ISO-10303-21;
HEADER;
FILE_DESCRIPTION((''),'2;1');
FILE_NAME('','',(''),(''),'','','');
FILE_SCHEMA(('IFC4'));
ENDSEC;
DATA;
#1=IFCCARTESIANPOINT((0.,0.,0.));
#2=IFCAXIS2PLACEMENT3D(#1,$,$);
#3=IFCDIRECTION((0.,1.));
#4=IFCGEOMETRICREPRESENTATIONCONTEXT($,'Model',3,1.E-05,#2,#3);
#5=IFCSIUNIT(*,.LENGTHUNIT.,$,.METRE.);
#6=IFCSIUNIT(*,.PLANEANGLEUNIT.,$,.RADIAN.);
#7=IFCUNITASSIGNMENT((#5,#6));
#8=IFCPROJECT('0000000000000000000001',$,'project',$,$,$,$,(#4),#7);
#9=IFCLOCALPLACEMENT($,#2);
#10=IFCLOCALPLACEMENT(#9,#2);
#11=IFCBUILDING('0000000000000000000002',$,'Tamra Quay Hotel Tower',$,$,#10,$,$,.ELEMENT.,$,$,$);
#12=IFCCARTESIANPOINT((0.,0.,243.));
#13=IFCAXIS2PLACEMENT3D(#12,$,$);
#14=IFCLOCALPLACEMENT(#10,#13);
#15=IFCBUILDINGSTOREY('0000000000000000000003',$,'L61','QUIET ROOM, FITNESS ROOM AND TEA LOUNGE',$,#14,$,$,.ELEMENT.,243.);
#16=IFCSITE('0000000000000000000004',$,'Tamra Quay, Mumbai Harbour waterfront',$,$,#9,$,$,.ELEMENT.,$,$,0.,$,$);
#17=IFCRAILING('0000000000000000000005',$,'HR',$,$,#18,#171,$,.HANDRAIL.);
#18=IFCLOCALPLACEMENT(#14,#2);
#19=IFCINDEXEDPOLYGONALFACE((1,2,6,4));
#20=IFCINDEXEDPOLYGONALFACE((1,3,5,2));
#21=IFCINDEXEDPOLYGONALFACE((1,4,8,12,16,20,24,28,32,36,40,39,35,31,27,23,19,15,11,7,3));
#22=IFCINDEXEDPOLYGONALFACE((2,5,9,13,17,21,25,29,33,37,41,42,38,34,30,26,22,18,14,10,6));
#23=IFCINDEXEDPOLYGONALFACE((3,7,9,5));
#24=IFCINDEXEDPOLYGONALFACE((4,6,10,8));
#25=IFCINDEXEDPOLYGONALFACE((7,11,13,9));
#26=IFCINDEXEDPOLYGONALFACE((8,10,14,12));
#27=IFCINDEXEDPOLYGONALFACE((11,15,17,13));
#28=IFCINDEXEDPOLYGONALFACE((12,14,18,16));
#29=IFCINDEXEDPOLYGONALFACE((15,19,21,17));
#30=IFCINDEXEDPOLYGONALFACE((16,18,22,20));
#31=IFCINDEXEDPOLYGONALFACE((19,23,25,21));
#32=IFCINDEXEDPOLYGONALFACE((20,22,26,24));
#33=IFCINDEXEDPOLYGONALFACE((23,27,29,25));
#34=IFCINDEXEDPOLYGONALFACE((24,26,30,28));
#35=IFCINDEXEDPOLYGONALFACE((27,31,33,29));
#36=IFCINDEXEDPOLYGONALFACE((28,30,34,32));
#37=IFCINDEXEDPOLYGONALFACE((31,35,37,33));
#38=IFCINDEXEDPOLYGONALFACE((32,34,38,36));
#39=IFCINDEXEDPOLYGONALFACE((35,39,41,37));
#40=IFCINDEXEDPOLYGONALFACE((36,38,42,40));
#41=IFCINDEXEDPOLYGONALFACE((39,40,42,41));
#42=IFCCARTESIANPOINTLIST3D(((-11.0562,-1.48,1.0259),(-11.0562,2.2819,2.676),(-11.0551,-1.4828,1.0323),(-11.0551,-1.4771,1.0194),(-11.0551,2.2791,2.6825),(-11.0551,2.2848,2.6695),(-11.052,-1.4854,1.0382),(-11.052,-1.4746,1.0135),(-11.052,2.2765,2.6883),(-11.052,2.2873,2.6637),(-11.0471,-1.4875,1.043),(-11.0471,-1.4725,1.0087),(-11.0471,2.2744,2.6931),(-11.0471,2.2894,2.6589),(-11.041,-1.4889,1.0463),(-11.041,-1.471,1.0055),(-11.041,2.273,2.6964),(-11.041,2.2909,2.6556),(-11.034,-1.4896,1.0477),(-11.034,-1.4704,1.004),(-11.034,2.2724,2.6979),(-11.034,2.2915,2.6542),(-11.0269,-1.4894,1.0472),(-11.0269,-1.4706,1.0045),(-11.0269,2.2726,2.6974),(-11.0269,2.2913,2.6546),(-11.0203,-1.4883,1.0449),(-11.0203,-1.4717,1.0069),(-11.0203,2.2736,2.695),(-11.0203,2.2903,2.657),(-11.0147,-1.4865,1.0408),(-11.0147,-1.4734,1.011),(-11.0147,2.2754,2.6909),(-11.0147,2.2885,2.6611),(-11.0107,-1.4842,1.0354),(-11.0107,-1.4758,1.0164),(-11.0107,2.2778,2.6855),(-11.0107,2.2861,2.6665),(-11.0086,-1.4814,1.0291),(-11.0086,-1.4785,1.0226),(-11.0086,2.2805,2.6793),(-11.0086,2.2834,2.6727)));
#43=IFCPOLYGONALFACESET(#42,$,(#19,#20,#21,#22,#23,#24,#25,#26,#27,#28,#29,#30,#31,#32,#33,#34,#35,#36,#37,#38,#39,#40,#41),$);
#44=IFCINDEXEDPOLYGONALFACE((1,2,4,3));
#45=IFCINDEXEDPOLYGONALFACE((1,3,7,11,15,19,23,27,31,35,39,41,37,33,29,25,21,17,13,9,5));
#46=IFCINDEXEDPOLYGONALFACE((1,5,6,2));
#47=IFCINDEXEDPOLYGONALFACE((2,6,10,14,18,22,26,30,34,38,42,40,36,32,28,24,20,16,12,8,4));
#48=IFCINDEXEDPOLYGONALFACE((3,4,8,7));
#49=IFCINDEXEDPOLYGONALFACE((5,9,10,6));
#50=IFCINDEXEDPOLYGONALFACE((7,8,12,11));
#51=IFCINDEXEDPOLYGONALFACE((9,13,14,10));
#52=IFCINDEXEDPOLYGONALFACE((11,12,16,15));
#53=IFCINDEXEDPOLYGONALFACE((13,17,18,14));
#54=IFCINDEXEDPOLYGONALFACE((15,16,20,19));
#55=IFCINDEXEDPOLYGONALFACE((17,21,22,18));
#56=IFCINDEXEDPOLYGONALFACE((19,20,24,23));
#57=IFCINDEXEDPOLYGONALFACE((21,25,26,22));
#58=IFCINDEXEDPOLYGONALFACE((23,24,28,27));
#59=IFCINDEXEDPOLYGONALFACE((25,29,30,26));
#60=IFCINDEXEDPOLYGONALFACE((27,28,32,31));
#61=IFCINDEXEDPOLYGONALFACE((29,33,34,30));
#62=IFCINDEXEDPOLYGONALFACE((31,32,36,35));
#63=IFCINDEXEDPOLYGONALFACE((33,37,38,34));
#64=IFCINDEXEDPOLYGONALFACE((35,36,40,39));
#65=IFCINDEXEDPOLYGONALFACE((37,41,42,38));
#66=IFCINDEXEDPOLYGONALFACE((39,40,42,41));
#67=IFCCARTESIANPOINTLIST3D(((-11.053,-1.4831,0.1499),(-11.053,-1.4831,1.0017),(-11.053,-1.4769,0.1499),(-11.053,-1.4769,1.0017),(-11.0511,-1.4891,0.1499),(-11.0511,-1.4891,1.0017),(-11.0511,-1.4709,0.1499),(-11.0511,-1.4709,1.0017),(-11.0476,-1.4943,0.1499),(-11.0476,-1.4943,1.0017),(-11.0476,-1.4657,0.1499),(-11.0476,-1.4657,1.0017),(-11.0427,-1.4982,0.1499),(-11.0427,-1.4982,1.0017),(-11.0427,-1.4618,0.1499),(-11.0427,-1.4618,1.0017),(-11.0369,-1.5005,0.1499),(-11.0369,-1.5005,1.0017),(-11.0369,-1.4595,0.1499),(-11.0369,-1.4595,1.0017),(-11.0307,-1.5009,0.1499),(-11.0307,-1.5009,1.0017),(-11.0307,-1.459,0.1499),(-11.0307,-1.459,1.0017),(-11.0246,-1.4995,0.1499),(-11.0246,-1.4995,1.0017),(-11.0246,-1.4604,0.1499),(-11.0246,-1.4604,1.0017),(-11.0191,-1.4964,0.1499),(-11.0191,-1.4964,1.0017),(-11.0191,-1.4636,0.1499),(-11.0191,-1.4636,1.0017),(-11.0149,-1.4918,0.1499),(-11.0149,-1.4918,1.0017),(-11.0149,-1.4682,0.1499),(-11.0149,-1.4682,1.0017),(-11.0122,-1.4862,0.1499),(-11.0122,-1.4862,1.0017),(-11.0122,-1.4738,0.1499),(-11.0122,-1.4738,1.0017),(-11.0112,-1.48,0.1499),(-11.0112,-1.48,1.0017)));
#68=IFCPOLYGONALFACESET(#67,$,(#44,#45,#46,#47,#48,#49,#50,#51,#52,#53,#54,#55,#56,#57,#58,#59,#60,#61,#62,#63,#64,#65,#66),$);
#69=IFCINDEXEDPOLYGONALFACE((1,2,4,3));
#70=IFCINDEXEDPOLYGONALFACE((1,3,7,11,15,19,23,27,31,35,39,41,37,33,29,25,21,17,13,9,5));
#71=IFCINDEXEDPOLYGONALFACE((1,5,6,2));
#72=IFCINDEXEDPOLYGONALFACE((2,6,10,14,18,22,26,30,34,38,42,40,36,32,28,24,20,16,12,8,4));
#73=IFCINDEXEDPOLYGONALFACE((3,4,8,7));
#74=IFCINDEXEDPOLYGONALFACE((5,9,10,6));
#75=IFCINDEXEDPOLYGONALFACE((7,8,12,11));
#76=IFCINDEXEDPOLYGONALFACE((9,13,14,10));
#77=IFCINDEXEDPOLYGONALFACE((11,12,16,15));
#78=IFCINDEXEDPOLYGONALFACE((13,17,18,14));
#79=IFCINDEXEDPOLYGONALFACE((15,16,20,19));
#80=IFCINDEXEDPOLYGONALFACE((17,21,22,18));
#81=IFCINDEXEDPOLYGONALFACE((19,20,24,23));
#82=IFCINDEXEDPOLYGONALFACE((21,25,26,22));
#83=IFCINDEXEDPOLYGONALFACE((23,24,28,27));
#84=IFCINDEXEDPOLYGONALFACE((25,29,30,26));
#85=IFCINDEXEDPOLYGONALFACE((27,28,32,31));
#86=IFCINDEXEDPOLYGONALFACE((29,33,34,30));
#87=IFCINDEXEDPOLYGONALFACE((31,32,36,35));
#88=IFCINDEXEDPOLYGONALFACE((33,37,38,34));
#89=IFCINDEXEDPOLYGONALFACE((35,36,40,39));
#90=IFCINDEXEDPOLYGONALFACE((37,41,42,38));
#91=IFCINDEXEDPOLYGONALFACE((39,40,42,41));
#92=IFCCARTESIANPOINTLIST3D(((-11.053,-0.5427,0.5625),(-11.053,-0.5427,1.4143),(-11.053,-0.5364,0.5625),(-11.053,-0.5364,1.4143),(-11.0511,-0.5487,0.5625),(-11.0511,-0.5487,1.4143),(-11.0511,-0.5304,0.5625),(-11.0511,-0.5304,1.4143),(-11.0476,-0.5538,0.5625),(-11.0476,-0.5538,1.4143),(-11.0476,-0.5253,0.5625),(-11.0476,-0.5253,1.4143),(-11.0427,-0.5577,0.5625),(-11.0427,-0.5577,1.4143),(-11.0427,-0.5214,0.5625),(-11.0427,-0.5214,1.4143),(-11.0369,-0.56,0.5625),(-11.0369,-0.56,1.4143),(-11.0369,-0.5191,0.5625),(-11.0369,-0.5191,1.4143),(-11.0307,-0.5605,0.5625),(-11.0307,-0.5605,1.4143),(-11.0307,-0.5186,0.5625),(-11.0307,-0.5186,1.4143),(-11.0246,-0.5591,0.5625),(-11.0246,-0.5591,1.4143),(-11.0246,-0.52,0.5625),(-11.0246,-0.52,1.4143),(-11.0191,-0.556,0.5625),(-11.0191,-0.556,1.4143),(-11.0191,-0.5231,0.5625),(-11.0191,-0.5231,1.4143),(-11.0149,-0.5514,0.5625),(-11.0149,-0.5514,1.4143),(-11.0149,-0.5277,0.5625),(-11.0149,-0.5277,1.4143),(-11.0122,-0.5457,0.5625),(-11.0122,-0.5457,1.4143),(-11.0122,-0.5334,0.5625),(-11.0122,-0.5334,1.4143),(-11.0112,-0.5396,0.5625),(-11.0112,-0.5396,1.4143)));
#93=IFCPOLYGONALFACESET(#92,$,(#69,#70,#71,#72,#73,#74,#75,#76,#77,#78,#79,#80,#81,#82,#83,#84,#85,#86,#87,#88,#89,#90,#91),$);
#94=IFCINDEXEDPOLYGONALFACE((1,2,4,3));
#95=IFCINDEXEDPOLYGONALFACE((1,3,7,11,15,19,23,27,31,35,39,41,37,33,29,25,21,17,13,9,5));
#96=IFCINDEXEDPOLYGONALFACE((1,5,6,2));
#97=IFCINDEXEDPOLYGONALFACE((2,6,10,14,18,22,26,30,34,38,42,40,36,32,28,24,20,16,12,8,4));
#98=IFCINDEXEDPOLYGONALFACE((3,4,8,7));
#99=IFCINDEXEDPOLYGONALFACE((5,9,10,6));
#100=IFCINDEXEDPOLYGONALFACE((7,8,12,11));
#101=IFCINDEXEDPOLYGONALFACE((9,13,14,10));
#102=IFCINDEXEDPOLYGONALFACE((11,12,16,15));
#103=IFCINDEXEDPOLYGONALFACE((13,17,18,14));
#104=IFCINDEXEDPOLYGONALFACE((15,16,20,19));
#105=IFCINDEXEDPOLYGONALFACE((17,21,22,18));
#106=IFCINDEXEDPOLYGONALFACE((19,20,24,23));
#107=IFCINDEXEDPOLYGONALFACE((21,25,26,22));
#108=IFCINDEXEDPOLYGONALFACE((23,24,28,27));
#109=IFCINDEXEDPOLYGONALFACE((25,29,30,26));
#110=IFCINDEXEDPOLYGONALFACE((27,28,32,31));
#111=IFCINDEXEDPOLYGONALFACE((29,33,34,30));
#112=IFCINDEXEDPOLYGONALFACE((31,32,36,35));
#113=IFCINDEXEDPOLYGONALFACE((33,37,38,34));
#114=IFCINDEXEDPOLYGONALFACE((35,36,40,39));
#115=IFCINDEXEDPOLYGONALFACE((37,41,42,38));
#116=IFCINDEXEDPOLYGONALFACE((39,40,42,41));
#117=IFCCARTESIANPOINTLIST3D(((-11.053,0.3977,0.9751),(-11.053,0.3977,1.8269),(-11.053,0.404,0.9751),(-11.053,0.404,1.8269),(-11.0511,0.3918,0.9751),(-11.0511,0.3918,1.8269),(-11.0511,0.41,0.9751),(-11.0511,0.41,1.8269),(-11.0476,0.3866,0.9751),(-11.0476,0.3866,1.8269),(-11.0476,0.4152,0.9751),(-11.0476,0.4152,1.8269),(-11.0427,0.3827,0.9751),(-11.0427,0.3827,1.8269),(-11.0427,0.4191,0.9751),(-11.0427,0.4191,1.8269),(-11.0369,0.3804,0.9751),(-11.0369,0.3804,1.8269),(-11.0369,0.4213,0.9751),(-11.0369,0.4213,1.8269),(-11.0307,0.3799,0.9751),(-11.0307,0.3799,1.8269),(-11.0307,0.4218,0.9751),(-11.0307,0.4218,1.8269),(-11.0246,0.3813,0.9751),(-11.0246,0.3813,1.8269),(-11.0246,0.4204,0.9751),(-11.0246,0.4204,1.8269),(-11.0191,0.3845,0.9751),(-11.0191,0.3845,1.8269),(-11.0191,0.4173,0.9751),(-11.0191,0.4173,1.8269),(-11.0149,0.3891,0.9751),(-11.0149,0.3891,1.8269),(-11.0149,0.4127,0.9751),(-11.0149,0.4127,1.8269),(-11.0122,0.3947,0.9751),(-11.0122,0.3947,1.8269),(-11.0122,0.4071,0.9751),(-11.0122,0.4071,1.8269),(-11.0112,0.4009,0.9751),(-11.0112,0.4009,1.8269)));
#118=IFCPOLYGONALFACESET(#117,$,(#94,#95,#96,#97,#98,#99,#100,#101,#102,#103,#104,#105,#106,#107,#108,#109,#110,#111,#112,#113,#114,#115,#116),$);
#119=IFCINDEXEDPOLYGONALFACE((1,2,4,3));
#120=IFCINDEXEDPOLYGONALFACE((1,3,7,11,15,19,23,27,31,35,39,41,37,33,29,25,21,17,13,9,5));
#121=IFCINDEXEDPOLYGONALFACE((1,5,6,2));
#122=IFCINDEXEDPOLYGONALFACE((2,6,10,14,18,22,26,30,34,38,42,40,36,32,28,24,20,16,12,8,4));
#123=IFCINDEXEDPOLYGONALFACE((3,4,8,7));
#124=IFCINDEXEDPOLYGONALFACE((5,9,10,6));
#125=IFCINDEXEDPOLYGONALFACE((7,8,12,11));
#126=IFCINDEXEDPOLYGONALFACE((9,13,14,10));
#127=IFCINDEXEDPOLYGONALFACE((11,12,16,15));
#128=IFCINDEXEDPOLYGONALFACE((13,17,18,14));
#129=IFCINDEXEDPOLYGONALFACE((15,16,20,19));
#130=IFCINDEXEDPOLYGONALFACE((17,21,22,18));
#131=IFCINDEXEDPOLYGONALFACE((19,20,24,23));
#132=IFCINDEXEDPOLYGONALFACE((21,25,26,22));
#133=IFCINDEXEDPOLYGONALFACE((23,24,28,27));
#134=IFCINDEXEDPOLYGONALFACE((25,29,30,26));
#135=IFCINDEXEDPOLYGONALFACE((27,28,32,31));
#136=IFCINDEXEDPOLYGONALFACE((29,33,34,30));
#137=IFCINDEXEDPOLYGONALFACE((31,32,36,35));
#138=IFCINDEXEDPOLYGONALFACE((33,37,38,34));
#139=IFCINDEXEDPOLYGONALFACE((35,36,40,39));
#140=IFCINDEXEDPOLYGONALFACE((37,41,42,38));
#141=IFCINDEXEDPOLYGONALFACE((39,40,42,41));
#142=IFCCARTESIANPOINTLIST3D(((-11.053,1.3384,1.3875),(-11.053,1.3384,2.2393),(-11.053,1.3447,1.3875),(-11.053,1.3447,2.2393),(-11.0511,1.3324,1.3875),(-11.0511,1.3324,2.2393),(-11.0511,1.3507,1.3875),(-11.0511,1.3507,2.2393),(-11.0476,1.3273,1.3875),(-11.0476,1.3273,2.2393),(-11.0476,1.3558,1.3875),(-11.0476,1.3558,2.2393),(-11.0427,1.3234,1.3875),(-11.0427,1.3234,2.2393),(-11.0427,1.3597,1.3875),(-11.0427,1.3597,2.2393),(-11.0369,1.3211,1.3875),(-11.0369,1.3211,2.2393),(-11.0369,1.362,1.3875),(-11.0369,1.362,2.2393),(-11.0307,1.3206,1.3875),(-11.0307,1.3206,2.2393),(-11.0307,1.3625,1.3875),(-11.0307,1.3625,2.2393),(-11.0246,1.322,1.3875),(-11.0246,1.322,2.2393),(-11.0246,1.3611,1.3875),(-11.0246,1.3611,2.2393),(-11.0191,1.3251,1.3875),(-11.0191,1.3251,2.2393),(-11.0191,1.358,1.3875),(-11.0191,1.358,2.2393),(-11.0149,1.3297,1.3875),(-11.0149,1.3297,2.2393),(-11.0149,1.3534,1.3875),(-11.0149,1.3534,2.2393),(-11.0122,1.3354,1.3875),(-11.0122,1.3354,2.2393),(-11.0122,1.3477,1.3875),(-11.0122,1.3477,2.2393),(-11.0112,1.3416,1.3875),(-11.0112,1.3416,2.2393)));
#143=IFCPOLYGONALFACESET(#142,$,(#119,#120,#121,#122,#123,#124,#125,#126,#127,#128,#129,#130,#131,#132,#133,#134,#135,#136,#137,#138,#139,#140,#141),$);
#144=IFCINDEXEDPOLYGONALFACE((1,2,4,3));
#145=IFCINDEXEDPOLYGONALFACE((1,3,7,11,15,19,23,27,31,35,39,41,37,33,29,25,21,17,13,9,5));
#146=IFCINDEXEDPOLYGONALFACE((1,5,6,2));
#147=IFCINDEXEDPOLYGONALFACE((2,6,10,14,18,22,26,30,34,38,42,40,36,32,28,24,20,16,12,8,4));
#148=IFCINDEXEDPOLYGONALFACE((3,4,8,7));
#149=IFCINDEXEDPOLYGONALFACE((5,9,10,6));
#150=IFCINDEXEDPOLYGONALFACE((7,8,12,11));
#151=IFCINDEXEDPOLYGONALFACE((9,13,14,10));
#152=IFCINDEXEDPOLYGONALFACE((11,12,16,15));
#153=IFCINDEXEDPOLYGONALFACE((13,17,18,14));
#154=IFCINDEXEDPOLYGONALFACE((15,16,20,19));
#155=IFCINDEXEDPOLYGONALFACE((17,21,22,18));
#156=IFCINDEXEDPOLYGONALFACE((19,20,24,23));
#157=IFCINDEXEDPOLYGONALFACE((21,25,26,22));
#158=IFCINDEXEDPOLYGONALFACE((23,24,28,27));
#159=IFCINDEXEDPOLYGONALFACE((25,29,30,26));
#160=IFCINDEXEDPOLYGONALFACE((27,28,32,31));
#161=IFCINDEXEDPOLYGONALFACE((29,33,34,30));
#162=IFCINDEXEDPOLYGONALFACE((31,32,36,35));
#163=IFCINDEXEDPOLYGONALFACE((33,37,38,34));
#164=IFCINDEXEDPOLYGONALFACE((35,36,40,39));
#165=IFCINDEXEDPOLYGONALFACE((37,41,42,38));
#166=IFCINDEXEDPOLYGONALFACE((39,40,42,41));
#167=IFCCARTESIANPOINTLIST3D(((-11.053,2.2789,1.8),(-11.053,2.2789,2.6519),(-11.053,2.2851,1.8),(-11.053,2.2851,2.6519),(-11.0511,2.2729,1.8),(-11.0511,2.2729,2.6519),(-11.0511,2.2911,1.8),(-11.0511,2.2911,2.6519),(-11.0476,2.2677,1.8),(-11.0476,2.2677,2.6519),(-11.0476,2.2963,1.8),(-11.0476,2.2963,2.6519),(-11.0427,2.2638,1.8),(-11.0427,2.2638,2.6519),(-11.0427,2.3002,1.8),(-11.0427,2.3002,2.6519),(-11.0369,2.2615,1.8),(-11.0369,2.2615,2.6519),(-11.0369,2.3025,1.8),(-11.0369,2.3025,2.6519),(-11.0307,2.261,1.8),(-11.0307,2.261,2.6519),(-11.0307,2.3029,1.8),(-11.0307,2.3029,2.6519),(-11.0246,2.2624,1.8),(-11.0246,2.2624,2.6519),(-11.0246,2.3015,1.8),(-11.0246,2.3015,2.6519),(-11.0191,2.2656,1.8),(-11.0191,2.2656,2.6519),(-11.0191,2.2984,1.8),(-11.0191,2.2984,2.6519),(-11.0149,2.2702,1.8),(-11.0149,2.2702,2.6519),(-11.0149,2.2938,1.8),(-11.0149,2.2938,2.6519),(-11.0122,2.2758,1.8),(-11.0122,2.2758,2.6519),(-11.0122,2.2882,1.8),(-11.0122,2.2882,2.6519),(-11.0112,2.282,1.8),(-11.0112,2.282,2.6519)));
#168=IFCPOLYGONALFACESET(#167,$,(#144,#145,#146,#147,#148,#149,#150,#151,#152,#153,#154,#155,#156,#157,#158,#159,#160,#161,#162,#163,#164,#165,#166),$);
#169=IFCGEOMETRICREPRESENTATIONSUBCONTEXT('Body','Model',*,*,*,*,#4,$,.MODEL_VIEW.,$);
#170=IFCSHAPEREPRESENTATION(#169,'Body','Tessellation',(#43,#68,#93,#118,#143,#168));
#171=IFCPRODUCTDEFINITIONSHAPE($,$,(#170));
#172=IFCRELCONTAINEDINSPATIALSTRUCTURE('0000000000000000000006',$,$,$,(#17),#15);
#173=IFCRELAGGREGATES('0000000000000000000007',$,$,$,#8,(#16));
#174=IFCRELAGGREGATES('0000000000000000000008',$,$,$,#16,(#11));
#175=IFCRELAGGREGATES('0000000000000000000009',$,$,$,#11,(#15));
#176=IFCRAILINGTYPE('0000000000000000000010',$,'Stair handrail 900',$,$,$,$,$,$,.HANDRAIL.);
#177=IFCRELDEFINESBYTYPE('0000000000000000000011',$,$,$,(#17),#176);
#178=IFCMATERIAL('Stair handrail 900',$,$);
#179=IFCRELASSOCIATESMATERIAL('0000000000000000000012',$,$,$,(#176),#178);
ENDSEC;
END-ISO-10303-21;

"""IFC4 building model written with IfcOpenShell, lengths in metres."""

from ifc_helpers import new_model, si_unit, direction, frame, origin, origin_2d, place, context, subcontext, project, spatial, circle, extrude, material, type_object, element, save


model = new_model("IFC4")

# Units and contexts
model_context = context("Model", 3, precision=1e-05, world=origin(), true_north=direction((0.0, 1.0)))
body_context = subcontext(model_context, "Body", "Model", "MODEL_VIEW")
ifc_project = project(units=[si_unit("LENGTHUNIT", "METRE"), si_unit("PLANEANGLEUNIT", "RADIAN")], contexts=[model_context])

# Site, building, storey
site_placement = place(None, origin())
site = spatial("IfcSite", under=ifc_project, at=site_placement, Name="Tamra Quay, Mumbai Harbour waterfront", CompositionType="ELEMENT", RefElevation=0.0)
building_placement = place(site_placement, origin())
building = spatial("IfcBuilding", under=site, at=building_placement, Name="Tamra Quay Hotel Tower", CompositionType="ELEMENT")
storey_placement = place(building_placement, frame((0.0, 0.0, 243.0)))
storey = spatial("IfcBuildingStorey", under=building, at=storey_placement, Name="L61", Description="QUIET ROOM, FITNESS ROOM AND TEA LOUNGE", CompositionType="ELEMENT", Elevation=243.0)

# Railing
ifc_material_1 = material(Name="Stair handrail 900")
railing_type = type_object("IfcRailingType", Name="Stair handrail 900", PredefinedType="HANDRAIL", material=ifc_material_1)
railing_placement = place(storey_placement, frame((-11.0322, -1.48, 0.1499)))
element("IfcRailing", 1, at=railing_placement, inside=storey, type_object=railing_type, Name="HR", PredefinedType="HANDRAIL", context=body_context, shape_type="SweptSolid", body=[
    extrude(circle(Radius=0.0239, at=origin_2d()), frame((0.0, 0.0, 0.876), z_axis=(0.0, 0.915774, 0.401695), x_axis=(-1.0, 0.0, 0.0)), (0.0, 0.0, 1.0), 4.1079),
    extrude(circle(Radius=0.021, at=origin_2d()), origin(), (0.0, 0.0, 1.0), 0.8518),
    extrude(circle(Radius=0.021, at=origin_2d()), frame((0.0, 0.9404, 0.4126)), (0.0, 0.0, 1.0), 0.8518),
    extrude(circle(Radius=0.021, at=origin_2d()), frame((0.0, 1.8809, 0.8252)), (0.0, 0.0, 1.0), 0.8518),
    extrude(circle(Radius=0.021, at=origin_2d()), frame((0.0, 2.8215, 1.2375)), (0.0, 0.0, 1.0), 0.8518),
    extrude(circle(Radius=0.021, at=origin_2d()), frame((0.0, 3.762, 1.6501)), (0.0, 0.0, 1.0), 0.8518),
])

save(model, "model.ifc")
